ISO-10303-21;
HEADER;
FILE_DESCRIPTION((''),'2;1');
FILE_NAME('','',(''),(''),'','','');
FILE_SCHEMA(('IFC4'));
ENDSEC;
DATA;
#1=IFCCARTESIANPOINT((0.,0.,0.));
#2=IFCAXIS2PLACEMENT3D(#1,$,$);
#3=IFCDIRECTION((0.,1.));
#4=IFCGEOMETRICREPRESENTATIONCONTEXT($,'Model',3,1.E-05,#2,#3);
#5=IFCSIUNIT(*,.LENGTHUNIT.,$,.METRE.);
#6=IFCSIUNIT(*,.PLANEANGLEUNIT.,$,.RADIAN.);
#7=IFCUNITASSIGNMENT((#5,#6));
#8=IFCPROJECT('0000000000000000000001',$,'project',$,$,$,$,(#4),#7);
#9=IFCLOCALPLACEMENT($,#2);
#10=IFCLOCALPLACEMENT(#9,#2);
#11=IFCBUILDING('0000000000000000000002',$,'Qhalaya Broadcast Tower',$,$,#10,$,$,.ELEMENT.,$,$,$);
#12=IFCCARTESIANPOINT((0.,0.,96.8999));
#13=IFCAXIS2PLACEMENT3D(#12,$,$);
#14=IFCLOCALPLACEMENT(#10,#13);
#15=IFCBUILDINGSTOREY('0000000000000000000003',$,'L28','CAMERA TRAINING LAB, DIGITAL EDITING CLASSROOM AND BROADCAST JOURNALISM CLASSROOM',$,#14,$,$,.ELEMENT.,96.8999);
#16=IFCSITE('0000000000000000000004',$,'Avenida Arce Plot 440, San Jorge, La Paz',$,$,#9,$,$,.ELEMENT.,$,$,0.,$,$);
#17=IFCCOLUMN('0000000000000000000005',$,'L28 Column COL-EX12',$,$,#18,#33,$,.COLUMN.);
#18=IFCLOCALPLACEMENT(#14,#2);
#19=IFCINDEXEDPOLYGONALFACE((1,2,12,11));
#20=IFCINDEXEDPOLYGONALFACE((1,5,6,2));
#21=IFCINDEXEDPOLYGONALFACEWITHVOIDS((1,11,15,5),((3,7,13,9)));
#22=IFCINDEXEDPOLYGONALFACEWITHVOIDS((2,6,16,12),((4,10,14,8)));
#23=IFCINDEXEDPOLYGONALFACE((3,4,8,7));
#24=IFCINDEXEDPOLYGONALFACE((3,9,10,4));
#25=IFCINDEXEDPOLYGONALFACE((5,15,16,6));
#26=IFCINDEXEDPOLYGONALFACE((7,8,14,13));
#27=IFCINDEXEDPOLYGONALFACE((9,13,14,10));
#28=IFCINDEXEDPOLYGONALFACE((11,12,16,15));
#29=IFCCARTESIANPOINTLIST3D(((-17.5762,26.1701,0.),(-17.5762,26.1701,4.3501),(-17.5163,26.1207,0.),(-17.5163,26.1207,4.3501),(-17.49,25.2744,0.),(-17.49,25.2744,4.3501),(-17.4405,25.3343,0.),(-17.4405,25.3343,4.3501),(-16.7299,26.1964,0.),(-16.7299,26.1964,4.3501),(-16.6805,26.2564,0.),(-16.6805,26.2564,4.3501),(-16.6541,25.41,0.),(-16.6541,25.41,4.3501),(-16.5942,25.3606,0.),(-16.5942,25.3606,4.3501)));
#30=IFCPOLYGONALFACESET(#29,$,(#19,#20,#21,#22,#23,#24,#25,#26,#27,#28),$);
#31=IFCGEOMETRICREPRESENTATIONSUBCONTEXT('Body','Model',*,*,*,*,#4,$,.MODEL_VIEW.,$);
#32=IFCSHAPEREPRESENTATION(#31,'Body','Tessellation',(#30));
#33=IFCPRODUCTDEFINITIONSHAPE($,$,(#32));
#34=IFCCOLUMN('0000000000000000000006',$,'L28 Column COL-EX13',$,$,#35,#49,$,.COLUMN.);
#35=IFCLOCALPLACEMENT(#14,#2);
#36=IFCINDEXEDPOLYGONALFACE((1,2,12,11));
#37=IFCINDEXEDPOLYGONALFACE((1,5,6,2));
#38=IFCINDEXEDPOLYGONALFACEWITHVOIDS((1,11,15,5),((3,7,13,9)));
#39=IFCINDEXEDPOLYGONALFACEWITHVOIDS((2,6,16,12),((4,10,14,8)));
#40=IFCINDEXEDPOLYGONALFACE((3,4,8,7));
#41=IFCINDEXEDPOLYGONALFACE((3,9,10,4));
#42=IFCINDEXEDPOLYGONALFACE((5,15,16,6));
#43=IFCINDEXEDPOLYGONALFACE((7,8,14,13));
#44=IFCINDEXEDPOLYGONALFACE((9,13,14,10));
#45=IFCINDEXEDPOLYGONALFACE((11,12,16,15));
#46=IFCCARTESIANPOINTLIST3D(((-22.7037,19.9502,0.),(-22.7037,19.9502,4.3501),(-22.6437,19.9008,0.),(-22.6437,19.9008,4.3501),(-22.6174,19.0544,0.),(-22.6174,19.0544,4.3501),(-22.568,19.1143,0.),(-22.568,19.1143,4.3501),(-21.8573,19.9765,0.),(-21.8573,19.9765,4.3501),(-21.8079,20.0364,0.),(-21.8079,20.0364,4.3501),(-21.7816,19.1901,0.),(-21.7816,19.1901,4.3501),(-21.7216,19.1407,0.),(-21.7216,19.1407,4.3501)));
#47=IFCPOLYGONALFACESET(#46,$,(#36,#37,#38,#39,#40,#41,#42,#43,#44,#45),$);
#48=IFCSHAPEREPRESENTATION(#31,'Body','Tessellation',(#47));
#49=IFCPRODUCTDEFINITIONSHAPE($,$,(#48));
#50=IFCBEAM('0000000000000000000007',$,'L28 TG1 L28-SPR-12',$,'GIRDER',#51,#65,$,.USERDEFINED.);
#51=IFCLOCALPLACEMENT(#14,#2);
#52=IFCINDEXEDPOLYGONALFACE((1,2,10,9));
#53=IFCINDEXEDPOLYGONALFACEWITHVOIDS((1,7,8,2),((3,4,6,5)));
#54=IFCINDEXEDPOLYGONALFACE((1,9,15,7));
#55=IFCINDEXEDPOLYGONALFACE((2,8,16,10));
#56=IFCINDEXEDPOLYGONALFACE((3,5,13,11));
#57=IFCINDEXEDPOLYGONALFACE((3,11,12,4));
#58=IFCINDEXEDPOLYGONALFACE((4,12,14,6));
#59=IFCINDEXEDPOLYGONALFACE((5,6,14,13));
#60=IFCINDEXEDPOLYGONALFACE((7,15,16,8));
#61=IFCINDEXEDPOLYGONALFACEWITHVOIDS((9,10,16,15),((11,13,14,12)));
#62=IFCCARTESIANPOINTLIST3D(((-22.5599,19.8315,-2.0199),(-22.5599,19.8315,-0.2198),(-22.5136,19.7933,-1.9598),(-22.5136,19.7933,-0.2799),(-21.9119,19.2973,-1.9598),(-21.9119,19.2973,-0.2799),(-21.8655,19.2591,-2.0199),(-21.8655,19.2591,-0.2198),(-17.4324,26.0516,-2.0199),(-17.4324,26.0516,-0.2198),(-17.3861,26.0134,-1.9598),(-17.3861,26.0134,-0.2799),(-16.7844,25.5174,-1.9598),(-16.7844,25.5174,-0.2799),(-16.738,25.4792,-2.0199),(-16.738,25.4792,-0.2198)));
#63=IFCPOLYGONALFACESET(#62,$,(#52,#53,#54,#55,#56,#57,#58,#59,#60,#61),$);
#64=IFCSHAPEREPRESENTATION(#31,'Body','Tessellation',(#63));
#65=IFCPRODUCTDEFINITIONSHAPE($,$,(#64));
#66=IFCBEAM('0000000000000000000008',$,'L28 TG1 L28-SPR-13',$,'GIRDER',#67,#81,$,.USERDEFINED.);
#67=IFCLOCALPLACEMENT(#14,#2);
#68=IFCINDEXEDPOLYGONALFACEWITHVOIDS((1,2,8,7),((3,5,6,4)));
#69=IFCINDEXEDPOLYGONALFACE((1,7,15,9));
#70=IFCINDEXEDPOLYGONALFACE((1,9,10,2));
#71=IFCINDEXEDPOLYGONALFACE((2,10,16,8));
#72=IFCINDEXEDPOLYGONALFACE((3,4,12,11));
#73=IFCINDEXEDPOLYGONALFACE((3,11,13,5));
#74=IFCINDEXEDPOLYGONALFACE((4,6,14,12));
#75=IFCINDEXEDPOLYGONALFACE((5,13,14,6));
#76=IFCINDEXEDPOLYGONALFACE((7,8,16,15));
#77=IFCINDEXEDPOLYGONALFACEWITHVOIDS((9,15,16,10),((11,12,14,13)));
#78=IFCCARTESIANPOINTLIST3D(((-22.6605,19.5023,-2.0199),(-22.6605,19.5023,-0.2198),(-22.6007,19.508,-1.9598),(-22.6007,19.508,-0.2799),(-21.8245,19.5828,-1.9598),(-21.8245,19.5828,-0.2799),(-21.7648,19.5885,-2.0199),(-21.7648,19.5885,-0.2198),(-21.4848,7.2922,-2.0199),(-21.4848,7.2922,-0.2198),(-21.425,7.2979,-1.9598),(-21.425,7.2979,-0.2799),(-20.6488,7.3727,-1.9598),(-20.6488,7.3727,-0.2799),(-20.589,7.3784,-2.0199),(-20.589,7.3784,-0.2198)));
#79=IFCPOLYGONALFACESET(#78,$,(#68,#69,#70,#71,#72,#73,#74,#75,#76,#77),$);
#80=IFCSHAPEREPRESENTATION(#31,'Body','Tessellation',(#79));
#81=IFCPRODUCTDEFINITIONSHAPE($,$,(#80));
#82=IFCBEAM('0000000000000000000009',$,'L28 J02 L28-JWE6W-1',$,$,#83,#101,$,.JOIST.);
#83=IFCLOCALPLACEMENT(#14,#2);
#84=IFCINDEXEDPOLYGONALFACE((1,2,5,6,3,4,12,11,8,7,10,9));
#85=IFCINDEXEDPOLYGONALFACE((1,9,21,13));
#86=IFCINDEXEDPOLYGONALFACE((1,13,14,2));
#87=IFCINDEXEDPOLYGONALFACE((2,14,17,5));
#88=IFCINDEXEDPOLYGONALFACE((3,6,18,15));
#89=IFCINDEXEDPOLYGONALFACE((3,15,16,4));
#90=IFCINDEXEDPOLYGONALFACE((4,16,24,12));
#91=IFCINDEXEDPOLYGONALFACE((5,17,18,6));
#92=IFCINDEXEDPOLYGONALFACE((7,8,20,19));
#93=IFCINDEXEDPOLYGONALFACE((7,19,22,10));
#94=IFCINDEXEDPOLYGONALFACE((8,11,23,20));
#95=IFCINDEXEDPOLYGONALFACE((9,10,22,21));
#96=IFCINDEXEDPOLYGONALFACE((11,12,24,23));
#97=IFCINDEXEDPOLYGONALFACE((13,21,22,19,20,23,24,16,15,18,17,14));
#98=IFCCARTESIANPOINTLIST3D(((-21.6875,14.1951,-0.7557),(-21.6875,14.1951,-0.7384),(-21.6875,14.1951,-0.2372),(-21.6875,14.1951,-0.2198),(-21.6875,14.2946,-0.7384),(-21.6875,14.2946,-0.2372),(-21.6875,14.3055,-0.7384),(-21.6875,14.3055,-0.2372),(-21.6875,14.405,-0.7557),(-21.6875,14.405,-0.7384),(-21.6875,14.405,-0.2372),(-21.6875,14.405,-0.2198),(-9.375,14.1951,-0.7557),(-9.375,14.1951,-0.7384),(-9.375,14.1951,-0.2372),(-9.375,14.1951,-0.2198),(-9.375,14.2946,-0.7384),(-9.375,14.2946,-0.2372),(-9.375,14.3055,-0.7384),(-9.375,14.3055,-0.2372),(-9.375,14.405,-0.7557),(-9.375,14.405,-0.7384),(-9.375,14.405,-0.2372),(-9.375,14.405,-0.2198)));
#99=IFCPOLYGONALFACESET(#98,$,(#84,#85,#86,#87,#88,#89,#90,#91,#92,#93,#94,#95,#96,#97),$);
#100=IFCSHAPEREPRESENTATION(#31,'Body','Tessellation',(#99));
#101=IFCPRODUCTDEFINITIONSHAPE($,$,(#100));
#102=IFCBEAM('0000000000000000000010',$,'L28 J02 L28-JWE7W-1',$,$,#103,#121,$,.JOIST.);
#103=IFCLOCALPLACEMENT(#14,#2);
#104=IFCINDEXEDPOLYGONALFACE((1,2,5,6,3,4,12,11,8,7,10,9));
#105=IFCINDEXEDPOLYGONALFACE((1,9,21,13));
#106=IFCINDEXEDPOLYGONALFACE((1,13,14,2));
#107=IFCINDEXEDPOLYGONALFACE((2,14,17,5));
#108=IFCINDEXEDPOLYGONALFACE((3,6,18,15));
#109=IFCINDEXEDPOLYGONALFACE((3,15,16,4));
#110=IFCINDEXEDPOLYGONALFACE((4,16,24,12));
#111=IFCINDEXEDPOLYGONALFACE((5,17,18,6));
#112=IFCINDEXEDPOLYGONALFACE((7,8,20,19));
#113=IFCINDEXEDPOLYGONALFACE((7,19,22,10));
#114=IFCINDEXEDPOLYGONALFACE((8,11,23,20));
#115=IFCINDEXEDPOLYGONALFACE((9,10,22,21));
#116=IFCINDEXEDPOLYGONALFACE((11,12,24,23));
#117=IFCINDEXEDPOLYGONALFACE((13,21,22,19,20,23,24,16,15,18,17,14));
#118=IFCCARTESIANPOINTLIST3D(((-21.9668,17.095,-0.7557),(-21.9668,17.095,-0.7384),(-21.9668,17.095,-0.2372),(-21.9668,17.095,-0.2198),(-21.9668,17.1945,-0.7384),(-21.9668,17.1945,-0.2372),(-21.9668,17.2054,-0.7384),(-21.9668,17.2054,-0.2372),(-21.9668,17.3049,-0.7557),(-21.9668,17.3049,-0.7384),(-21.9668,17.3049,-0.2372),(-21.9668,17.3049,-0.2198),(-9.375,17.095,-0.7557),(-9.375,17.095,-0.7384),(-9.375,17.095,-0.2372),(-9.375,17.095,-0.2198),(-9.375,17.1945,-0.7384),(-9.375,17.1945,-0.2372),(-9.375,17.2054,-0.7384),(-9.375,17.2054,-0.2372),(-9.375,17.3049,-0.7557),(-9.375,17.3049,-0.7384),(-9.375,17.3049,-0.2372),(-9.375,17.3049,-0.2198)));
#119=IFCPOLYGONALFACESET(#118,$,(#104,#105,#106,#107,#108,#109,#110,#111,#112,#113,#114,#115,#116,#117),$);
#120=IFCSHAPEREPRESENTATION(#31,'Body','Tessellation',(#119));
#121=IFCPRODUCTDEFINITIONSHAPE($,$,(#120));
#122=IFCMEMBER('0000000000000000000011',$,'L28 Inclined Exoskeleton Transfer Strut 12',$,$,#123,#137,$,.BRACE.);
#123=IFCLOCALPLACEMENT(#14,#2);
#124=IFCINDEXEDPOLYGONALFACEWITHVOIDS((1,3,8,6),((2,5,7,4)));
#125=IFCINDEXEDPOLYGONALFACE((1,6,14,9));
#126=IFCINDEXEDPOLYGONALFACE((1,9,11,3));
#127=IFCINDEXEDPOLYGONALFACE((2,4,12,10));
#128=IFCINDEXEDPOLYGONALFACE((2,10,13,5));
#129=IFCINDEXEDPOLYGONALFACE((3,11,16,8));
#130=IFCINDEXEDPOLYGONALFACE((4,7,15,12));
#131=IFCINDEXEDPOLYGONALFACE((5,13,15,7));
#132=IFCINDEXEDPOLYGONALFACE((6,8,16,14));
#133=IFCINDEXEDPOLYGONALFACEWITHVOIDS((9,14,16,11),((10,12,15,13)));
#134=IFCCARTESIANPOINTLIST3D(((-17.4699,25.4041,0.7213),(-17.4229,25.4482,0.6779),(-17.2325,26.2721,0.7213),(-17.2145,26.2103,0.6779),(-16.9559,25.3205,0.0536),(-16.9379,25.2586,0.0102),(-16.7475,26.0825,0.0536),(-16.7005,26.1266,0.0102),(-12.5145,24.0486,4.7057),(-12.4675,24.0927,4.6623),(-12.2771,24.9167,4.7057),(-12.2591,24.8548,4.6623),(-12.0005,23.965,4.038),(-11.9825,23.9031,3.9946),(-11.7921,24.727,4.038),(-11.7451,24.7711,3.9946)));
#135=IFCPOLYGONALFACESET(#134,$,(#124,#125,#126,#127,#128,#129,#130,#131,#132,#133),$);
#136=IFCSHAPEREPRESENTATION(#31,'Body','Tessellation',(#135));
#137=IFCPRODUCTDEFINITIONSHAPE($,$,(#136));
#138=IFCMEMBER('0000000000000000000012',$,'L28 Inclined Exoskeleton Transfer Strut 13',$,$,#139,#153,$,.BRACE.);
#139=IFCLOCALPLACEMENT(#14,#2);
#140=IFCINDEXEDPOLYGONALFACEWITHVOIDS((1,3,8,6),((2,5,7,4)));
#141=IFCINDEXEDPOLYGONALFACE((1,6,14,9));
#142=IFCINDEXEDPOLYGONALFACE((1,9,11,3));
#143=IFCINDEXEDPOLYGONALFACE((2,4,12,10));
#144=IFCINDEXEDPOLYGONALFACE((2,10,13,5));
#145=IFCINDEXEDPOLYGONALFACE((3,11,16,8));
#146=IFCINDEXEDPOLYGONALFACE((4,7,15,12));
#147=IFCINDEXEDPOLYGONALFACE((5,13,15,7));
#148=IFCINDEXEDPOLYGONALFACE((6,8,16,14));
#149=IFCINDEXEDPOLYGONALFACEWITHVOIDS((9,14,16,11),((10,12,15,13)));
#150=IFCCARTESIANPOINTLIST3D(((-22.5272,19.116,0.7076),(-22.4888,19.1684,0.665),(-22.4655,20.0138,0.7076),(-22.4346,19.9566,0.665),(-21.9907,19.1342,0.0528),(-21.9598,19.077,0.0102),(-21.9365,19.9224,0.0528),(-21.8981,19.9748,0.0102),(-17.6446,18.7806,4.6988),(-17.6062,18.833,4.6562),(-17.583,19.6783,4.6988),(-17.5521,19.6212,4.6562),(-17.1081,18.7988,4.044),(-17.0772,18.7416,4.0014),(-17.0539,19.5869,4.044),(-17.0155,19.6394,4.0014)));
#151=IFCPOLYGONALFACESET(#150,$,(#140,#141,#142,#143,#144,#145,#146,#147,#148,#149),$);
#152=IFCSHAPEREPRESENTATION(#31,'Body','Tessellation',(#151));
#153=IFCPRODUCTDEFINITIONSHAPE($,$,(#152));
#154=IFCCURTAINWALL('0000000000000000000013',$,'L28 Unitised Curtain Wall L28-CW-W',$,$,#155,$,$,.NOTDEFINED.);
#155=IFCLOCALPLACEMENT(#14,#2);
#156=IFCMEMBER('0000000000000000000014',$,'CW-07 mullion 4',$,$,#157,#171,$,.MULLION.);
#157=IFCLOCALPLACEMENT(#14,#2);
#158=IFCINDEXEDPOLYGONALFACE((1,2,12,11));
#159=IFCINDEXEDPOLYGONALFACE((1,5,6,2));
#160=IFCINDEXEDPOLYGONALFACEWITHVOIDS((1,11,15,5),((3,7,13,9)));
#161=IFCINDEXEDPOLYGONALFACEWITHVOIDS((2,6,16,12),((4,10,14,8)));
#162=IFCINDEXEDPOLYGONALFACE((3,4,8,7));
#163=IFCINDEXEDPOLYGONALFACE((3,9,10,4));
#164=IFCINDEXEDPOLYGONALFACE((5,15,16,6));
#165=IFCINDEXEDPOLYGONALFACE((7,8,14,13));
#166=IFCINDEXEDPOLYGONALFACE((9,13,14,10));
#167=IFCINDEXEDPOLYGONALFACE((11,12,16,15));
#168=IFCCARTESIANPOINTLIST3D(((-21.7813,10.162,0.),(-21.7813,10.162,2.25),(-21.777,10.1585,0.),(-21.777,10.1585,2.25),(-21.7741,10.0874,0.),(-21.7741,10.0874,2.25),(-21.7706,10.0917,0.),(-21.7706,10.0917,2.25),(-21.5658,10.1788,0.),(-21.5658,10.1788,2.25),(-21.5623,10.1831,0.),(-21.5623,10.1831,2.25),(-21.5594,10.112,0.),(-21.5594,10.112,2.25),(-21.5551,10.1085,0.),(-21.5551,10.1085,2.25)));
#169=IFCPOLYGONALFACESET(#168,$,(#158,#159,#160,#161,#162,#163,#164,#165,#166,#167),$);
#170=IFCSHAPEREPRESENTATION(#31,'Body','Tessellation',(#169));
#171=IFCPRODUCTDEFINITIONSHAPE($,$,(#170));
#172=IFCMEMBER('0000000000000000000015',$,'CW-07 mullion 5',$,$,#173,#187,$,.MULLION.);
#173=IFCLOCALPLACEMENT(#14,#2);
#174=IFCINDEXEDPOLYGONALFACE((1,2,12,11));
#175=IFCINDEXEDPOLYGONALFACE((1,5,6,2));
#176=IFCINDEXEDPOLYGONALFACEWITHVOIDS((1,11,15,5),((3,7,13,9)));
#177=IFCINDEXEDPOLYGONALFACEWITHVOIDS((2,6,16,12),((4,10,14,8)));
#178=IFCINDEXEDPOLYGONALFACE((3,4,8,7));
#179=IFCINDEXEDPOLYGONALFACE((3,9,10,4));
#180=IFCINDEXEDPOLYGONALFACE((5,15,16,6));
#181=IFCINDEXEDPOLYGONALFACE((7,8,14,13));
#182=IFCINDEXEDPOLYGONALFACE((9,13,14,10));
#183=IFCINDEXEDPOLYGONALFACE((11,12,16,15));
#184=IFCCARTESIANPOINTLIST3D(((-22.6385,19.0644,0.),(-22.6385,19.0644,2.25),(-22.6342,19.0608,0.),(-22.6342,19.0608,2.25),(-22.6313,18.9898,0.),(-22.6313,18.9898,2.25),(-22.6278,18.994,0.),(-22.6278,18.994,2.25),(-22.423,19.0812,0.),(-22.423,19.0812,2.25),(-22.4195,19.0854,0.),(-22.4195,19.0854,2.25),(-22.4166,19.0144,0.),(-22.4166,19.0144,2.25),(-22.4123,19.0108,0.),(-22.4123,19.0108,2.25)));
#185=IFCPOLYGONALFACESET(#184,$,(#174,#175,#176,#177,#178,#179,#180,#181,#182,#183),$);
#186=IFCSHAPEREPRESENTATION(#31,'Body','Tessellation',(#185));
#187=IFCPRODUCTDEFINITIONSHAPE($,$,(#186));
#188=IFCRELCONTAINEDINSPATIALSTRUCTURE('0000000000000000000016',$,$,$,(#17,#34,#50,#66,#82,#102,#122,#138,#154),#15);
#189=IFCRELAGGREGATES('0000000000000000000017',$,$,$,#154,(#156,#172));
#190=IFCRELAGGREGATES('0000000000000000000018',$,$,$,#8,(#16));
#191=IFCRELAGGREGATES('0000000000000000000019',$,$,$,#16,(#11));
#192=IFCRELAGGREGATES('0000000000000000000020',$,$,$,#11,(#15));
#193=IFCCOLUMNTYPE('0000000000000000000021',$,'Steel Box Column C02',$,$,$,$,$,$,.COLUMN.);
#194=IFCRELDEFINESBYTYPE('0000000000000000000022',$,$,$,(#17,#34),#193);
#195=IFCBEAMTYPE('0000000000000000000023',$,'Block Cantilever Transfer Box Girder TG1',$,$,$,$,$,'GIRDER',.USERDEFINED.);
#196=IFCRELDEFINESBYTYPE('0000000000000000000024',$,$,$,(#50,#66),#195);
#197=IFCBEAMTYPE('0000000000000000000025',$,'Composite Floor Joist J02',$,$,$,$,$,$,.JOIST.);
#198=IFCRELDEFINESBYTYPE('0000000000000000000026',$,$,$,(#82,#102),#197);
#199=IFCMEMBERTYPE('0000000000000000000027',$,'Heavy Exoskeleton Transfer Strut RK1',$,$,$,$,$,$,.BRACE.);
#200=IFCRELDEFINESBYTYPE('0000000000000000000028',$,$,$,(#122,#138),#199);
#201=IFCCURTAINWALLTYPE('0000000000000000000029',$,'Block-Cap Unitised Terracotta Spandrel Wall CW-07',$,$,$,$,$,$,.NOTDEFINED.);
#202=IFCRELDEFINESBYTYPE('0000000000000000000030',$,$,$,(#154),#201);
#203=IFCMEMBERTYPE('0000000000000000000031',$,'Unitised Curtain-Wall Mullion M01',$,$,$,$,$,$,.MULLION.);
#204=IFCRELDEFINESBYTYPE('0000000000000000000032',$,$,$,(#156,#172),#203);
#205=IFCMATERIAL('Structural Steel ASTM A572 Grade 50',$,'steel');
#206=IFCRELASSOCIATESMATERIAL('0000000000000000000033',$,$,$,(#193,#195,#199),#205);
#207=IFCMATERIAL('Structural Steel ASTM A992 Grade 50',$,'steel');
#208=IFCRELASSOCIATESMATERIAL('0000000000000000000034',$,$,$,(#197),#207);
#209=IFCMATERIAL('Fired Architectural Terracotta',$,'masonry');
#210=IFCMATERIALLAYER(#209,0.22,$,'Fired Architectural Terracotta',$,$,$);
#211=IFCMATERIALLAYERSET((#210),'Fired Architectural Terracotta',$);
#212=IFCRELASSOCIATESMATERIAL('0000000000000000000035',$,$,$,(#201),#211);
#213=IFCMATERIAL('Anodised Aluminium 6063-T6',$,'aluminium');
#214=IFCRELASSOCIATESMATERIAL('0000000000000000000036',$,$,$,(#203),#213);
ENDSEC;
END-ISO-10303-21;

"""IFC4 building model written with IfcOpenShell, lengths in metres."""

from ifc_helpers import new_model, si_unit, direction, frame, origin, origin_2d, place, context, subcontext, project, spatial, hollow_rectangle, i_section, extrude, material, layer, layer_set, material_profile, profile_set, type_object, element, aggregate, save


model = new_model("IFC4")

# Units and contexts
model_context = context("Model", 3, precision=1e-05, world=origin(), true_north=direction((0.0, 1.0)))
body_context = subcontext(model_context, "Body", "Model", "MODEL_VIEW")
ifc_project = project(units=[si_unit("LENGTHUNIT", "METRE"), si_unit("PLANEANGLEUNIT", "RADIAN")], contexts=[model_context])

# Site, building, storey
site_placement = place(None, origin())
site = spatial("IfcSite", under=ifc_project, at=site_placement, Name="Avenida Arce Plot 440, San Jorge, La Paz", CompositionType="ELEMENT", RefElevation=0.0)
building_placement = place(site_placement, origin())
building = spatial("IfcBuilding", under=site, at=building_placement, Name="Qhalaya Broadcast Tower", CompositionType="ELEMENT")
storey_placement = place(building_placement, frame((0.0, 0.0, 96.8999)))
storey = spatial("IfcBuildingStorey", under=building, at=storey_placement, Name="L28", Description="CAMERA TRAINING LAB, DIGITAL EDITING CLASSROOM AND BROADCAST JOURNALISM CLASSROOM", CompositionType="ELEMENT", Elevation=96.8999)

# Columns
ifc_material_1 = material(Name="Structural Steel ASTM A572 Grade 50", Category="steel")
ifc_material_profile_1 = material_profile(ifc_material_1, hollow_rectangle(XDim=0.8999, YDim=0.8999, WallThickness=0.0549, at=origin_2d()), Name="BOX 900x900x55")
ifc_profile_set_1 = profile_set([ifc_material_profile_1], Name="Structural Steel ASTM A572 Grade 50")
column_type = type_object("IfcColumnType", Name="Steel Box Column C02", PredefinedType="COLUMN", material=ifc_profile_set_1)
for number, where, z_axis, x_axis, name in (
    (1, (-17.0852, 25.7654, 0.0), (0.0, 0.0, 1.0), (0.995396, 0.095846, 0.0), "L28 Column COL-EX12"),
    (2, (-22.2126, 19.5454, 0.0), (0.0, 0.0, 1.0), (-0.095846, 0.995396, 0.0), "L28 Column COL-EX13"),
):
    element("IfcColumn", number, at=place(storey_placement, frame(where, z_axis=z_axis, x_axis=x_axis)), inside=storey, type_object=column_type, Name=name, PredefinedType="COLUMN", context=body_context, shape_type="SweptSolid", body=[
        extrude(hollow_rectangle(XDim=0.8999, YDim=0.8999, WallThickness=0.0549, at=origin_2d()), origin(), (0.0, 0.0, 1.0), 4.3501),
    ])

# Beams
ifc_material_profile_2 = material_profile(ifc_material_1, hollow_rectangle(XDim=0.8999, YDim=1.8, WallThickness=0.0601, at=origin_2d()), Name="BOX 900x1800x60")
ifc_profile_set_2 = profile_set([ifc_material_profile_2], Name="Structural Steel ASTM A572 Grade 50")
beam_type_1 = type_object("IfcBeamType", Name="Block Cantilever Transfer Box Girder TG1", ElementType="GIRDER", PredefinedType="USERDEFINED", material=ifc_profile_set_2)
beam_1_placement = place(storey_placement, frame((-17.0852, 25.7654, -1.1199), z_axis=(-0.636085, -0.771619, 0.0), x_axis=(0.771619, -0.636085, 0.0)))
element("IfcBeam", 3, at=beam_1_placement, inside=storey, type_object=beam_type_1, Name="L28 TG1 L28-SPR-12", ObjectType="GIRDER", PredefinedType="USERDEFINED", context=body_context, shape_type="SweptSolid", body=[
    extrude(hollow_rectangle(XDim=0.8999, YDim=1.8, WallThickness=0.0601, at=origin_2d()), origin(), (0.0, 0.0, 1.0), 8.061),
])
beam_2_placement = place(storey_placement, frame((-22.2126, 19.5454, -1.1199), z_axis=(0.095852, -0.995396, 0.0), x_axis=(0.995396, 0.095852, 0.0)))
element("IfcBeam", 4, at=beam_2_placement, inside=storey, type_object=beam_type_1, Name="L28 TG1 L28-SPR-13", ObjectType="GIRDER", PredefinedType="USERDEFINED", context=body_context, shape_type="SweptSolid", body=[
    extrude(hollow_rectangle(XDim=0.8999, YDim=1.8, WallThickness=0.0601, at=origin_2d()), origin(), (0.0, 0.0, 1.0), 12.2666),
])
ifc_material_2 = material(Name="Structural Steel ASTM A992 Grade 50", Category="steel")
ifc_material_profile_3 = material_profile(ifc_material_2, i_section(OverallWidth=0.21, OverallDepth=0.5359, WebThickness=0.011, FlangeThickness=0.0173, at=origin_2d()), Name="W21X68")
ifc_profile_set_3 = profile_set([ifc_material_profile_3], Name="Structural Steel ASTM A992 Grade 50")
beam_type_2 = type_object("IfcBeamType", Name="Composite Floor Joist J02", PredefinedType="JOIST", material=ifc_profile_set_3)
beam_3_placement = place(storey_placement, frame((-21.6875, 14.3, -0.4878), z_axis=(1.0, 0.0, 0.0), x_axis=(0.0, 1.0, 0.0)))
element("IfcBeam", 5, at=beam_3_placement, inside=storey, type_object=beam_type_2, Name="L28 J02 L28-JWE6W-1", PredefinedType="JOIST", context=body_context, shape_type="SweptSolid", body=[
    extrude(i_section(OverallWidth=0.21, OverallDepth=0.5359, WebThickness=0.011, FlangeThickness=0.0173, at=origin_2d()), origin(), (0.0, 0.0, 1.0), 12.3125),
])
beam_4_placement = place(storey_placement, frame((-21.9668, 17.2, -0.4878), z_axis=(1.0, 0.0, 0.0), x_axis=(0.0, 1.0, 0.0)))
element("IfcBeam", 6, at=beam_4_placement, inside=storey, type_object=beam_type_2, Name="L28 J02 L28-JWE7W-1", PredefinedType="JOIST", context=body_context, shape_type="SweptSolid", body=[
    extrude(i_section(OverallWidth=0.21, OverallDepth=0.5359, WebThickness=0.011, FlangeThickness=0.0173, at=origin_2d()), origin(), (0.0, 0.0, 1.0), 12.5918),
])

# Members
ifc_material_profile_4 = material_profile(ifc_material_1, hollow_rectangle(XDim=0.8999, YDim=0.8999, WallThickness=0.0549, at=origin_2d()), Name="BOX 900x900x55")
ifc_profile_set_4 = profile_set([ifc_material_profile_4], Name="Structural Steel ASTM A572 Grade 50")
member_type_1 = type_object("IfcMemberType", Name="Heavy Exoskeleton Transfer Strut RK1", PredefinedType="BRACE", material=ifc_profile_set_4)
member_1_placement = place(storey_placement, frame((-17.0852, 25.7654, 0.3657), z_axis=(0.762197, -0.20849, 0.612852), x_axis=(0.263845, 0.964565, 0.0)))
element("IfcMember", 7, at=member_1_placement, inside=storey, type_object=member_type_1, Name="L28 Inclined Exoskeleton Transfer Strut 12", PredefinedType="BRACE", context=body_context, shape_type="SweptSolid", body=[
    extrude(hollow_rectangle(XDim=0.8999, YDim=0.8999, WallThickness=0.0549, at=origin_2d()), origin(), (0.0, 0.0, 1.0), 6.5015),
])
member_2_placement = place(storey_placement, frame((-22.2126, 19.5454, 0.3589), z_axis=(0.773145, -0.053118, 0.632001), x_axis=(0.068542, 0.997648, 0.0)))
element("IfcMember", 8, at=member_2_placement, inside=storey, type_object=member_type_1, Name="L28 Inclined Exoskeleton Transfer Strut 13", PredefinedType="BRACE", context=body_context, shape_type="SweptSolid", body=[
    extrude(hollow_rectangle(XDim=0.8999, YDim=0.8999, WallThickness=0.0549, at=origin_2d()), origin(), (0.0, 0.0, 1.0), 6.3152),
])

# Curtain wall, members
ifc_material_3 = material(Name="Fired Architectural Terracotta", Category="masonry")
ifc_layer_1 = layer(ifc_material_3, 0.22, Name="Fired Architectural Terracotta")
ifc_layer_set_1 = layer_set([ifc_layer_1], Name="Fired Architectural Terracotta")
curtain_wall_type = type_object("IfcCurtainWallType", Name="Block-Cap Unitised Terracotta Spandrel Wall CW-07", PredefinedType="NOTDEFINED", material=ifc_layer_set_1)
curtain_wall_placement = place(storey_placement, origin())
curtain_wall = element("IfcCurtainWall", 9, at=curtain_wall_placement, inside=storey, type_object=curtain_wall_type, Name="L28 Unitised Curtain Wall L28-CW-W", PredefinedType="NOTDEFINED")
ifc_material_4 = material(Name="Anodised Aluminium 6063-T6", Category="aluminium")
ifc_material_profile_5 = material_profile(ifc_material_4, hollow_rectangle(XDim=0.075, YDim=0.22, WallThickness=0.0039, at=origin_2d()), Name="ALU-MUL 75x220x4")
ifc_profile_set_5 = profile_set([ifc_material_profile_5], Name="Anodised Aluminium 6063-T6")
member_type_2 = type_object("IfcMemberType", Name="Unitised Curtain-Wall Mullion M01", PredefinedType="MULLION", material=ifc_profile_set_5)
member_3_placement = place(storey_placement, frame((-21.6682, 10.1353, 0.0), z_axis=(0.0, 0.0, 1.0), x_axis=(-0.095847, 0.995396, 0.0)))
member_3 = element("IfcMember", 10, at=member_3_placement, type_object=member_type_2, Name="CW-07 mullion 4", PredefinedType="MULLION", context=body_context, shape_type="SweptSolid", body=[
    extrude(hollow_rectangle(XDim=0.075, YDim=0.22, WallThickness=0.0039, at=origin_2d()), origin(), (0.0, 0.0, 1.0), 2.25),
])
member_4_placement = place(storey_placement, frame((-22.5254, 19.0376, 0.0), z_axis=(0.0, 0.0, 1.0), x_axis=(-0.095847, 0.995396, 0.0)))
member_4 = element("IfcMember", 11, at=member_4_placement, type_object=member_type_2, Name="CW-07 mullion 5", PredefinedType="MULLION", context=body_context, shape_type="SweptSolid", body=[
    extrude(hollow_rectangle(XDim=0.075, YDim=0.22, WallThickness=0.0039, at=origin_2d()), origin(), (0.0, 0.0, 1.0), 2.25),
])

aggregate(curtain_wall, [member_3, member_4])

save(model, "model.ifc")
